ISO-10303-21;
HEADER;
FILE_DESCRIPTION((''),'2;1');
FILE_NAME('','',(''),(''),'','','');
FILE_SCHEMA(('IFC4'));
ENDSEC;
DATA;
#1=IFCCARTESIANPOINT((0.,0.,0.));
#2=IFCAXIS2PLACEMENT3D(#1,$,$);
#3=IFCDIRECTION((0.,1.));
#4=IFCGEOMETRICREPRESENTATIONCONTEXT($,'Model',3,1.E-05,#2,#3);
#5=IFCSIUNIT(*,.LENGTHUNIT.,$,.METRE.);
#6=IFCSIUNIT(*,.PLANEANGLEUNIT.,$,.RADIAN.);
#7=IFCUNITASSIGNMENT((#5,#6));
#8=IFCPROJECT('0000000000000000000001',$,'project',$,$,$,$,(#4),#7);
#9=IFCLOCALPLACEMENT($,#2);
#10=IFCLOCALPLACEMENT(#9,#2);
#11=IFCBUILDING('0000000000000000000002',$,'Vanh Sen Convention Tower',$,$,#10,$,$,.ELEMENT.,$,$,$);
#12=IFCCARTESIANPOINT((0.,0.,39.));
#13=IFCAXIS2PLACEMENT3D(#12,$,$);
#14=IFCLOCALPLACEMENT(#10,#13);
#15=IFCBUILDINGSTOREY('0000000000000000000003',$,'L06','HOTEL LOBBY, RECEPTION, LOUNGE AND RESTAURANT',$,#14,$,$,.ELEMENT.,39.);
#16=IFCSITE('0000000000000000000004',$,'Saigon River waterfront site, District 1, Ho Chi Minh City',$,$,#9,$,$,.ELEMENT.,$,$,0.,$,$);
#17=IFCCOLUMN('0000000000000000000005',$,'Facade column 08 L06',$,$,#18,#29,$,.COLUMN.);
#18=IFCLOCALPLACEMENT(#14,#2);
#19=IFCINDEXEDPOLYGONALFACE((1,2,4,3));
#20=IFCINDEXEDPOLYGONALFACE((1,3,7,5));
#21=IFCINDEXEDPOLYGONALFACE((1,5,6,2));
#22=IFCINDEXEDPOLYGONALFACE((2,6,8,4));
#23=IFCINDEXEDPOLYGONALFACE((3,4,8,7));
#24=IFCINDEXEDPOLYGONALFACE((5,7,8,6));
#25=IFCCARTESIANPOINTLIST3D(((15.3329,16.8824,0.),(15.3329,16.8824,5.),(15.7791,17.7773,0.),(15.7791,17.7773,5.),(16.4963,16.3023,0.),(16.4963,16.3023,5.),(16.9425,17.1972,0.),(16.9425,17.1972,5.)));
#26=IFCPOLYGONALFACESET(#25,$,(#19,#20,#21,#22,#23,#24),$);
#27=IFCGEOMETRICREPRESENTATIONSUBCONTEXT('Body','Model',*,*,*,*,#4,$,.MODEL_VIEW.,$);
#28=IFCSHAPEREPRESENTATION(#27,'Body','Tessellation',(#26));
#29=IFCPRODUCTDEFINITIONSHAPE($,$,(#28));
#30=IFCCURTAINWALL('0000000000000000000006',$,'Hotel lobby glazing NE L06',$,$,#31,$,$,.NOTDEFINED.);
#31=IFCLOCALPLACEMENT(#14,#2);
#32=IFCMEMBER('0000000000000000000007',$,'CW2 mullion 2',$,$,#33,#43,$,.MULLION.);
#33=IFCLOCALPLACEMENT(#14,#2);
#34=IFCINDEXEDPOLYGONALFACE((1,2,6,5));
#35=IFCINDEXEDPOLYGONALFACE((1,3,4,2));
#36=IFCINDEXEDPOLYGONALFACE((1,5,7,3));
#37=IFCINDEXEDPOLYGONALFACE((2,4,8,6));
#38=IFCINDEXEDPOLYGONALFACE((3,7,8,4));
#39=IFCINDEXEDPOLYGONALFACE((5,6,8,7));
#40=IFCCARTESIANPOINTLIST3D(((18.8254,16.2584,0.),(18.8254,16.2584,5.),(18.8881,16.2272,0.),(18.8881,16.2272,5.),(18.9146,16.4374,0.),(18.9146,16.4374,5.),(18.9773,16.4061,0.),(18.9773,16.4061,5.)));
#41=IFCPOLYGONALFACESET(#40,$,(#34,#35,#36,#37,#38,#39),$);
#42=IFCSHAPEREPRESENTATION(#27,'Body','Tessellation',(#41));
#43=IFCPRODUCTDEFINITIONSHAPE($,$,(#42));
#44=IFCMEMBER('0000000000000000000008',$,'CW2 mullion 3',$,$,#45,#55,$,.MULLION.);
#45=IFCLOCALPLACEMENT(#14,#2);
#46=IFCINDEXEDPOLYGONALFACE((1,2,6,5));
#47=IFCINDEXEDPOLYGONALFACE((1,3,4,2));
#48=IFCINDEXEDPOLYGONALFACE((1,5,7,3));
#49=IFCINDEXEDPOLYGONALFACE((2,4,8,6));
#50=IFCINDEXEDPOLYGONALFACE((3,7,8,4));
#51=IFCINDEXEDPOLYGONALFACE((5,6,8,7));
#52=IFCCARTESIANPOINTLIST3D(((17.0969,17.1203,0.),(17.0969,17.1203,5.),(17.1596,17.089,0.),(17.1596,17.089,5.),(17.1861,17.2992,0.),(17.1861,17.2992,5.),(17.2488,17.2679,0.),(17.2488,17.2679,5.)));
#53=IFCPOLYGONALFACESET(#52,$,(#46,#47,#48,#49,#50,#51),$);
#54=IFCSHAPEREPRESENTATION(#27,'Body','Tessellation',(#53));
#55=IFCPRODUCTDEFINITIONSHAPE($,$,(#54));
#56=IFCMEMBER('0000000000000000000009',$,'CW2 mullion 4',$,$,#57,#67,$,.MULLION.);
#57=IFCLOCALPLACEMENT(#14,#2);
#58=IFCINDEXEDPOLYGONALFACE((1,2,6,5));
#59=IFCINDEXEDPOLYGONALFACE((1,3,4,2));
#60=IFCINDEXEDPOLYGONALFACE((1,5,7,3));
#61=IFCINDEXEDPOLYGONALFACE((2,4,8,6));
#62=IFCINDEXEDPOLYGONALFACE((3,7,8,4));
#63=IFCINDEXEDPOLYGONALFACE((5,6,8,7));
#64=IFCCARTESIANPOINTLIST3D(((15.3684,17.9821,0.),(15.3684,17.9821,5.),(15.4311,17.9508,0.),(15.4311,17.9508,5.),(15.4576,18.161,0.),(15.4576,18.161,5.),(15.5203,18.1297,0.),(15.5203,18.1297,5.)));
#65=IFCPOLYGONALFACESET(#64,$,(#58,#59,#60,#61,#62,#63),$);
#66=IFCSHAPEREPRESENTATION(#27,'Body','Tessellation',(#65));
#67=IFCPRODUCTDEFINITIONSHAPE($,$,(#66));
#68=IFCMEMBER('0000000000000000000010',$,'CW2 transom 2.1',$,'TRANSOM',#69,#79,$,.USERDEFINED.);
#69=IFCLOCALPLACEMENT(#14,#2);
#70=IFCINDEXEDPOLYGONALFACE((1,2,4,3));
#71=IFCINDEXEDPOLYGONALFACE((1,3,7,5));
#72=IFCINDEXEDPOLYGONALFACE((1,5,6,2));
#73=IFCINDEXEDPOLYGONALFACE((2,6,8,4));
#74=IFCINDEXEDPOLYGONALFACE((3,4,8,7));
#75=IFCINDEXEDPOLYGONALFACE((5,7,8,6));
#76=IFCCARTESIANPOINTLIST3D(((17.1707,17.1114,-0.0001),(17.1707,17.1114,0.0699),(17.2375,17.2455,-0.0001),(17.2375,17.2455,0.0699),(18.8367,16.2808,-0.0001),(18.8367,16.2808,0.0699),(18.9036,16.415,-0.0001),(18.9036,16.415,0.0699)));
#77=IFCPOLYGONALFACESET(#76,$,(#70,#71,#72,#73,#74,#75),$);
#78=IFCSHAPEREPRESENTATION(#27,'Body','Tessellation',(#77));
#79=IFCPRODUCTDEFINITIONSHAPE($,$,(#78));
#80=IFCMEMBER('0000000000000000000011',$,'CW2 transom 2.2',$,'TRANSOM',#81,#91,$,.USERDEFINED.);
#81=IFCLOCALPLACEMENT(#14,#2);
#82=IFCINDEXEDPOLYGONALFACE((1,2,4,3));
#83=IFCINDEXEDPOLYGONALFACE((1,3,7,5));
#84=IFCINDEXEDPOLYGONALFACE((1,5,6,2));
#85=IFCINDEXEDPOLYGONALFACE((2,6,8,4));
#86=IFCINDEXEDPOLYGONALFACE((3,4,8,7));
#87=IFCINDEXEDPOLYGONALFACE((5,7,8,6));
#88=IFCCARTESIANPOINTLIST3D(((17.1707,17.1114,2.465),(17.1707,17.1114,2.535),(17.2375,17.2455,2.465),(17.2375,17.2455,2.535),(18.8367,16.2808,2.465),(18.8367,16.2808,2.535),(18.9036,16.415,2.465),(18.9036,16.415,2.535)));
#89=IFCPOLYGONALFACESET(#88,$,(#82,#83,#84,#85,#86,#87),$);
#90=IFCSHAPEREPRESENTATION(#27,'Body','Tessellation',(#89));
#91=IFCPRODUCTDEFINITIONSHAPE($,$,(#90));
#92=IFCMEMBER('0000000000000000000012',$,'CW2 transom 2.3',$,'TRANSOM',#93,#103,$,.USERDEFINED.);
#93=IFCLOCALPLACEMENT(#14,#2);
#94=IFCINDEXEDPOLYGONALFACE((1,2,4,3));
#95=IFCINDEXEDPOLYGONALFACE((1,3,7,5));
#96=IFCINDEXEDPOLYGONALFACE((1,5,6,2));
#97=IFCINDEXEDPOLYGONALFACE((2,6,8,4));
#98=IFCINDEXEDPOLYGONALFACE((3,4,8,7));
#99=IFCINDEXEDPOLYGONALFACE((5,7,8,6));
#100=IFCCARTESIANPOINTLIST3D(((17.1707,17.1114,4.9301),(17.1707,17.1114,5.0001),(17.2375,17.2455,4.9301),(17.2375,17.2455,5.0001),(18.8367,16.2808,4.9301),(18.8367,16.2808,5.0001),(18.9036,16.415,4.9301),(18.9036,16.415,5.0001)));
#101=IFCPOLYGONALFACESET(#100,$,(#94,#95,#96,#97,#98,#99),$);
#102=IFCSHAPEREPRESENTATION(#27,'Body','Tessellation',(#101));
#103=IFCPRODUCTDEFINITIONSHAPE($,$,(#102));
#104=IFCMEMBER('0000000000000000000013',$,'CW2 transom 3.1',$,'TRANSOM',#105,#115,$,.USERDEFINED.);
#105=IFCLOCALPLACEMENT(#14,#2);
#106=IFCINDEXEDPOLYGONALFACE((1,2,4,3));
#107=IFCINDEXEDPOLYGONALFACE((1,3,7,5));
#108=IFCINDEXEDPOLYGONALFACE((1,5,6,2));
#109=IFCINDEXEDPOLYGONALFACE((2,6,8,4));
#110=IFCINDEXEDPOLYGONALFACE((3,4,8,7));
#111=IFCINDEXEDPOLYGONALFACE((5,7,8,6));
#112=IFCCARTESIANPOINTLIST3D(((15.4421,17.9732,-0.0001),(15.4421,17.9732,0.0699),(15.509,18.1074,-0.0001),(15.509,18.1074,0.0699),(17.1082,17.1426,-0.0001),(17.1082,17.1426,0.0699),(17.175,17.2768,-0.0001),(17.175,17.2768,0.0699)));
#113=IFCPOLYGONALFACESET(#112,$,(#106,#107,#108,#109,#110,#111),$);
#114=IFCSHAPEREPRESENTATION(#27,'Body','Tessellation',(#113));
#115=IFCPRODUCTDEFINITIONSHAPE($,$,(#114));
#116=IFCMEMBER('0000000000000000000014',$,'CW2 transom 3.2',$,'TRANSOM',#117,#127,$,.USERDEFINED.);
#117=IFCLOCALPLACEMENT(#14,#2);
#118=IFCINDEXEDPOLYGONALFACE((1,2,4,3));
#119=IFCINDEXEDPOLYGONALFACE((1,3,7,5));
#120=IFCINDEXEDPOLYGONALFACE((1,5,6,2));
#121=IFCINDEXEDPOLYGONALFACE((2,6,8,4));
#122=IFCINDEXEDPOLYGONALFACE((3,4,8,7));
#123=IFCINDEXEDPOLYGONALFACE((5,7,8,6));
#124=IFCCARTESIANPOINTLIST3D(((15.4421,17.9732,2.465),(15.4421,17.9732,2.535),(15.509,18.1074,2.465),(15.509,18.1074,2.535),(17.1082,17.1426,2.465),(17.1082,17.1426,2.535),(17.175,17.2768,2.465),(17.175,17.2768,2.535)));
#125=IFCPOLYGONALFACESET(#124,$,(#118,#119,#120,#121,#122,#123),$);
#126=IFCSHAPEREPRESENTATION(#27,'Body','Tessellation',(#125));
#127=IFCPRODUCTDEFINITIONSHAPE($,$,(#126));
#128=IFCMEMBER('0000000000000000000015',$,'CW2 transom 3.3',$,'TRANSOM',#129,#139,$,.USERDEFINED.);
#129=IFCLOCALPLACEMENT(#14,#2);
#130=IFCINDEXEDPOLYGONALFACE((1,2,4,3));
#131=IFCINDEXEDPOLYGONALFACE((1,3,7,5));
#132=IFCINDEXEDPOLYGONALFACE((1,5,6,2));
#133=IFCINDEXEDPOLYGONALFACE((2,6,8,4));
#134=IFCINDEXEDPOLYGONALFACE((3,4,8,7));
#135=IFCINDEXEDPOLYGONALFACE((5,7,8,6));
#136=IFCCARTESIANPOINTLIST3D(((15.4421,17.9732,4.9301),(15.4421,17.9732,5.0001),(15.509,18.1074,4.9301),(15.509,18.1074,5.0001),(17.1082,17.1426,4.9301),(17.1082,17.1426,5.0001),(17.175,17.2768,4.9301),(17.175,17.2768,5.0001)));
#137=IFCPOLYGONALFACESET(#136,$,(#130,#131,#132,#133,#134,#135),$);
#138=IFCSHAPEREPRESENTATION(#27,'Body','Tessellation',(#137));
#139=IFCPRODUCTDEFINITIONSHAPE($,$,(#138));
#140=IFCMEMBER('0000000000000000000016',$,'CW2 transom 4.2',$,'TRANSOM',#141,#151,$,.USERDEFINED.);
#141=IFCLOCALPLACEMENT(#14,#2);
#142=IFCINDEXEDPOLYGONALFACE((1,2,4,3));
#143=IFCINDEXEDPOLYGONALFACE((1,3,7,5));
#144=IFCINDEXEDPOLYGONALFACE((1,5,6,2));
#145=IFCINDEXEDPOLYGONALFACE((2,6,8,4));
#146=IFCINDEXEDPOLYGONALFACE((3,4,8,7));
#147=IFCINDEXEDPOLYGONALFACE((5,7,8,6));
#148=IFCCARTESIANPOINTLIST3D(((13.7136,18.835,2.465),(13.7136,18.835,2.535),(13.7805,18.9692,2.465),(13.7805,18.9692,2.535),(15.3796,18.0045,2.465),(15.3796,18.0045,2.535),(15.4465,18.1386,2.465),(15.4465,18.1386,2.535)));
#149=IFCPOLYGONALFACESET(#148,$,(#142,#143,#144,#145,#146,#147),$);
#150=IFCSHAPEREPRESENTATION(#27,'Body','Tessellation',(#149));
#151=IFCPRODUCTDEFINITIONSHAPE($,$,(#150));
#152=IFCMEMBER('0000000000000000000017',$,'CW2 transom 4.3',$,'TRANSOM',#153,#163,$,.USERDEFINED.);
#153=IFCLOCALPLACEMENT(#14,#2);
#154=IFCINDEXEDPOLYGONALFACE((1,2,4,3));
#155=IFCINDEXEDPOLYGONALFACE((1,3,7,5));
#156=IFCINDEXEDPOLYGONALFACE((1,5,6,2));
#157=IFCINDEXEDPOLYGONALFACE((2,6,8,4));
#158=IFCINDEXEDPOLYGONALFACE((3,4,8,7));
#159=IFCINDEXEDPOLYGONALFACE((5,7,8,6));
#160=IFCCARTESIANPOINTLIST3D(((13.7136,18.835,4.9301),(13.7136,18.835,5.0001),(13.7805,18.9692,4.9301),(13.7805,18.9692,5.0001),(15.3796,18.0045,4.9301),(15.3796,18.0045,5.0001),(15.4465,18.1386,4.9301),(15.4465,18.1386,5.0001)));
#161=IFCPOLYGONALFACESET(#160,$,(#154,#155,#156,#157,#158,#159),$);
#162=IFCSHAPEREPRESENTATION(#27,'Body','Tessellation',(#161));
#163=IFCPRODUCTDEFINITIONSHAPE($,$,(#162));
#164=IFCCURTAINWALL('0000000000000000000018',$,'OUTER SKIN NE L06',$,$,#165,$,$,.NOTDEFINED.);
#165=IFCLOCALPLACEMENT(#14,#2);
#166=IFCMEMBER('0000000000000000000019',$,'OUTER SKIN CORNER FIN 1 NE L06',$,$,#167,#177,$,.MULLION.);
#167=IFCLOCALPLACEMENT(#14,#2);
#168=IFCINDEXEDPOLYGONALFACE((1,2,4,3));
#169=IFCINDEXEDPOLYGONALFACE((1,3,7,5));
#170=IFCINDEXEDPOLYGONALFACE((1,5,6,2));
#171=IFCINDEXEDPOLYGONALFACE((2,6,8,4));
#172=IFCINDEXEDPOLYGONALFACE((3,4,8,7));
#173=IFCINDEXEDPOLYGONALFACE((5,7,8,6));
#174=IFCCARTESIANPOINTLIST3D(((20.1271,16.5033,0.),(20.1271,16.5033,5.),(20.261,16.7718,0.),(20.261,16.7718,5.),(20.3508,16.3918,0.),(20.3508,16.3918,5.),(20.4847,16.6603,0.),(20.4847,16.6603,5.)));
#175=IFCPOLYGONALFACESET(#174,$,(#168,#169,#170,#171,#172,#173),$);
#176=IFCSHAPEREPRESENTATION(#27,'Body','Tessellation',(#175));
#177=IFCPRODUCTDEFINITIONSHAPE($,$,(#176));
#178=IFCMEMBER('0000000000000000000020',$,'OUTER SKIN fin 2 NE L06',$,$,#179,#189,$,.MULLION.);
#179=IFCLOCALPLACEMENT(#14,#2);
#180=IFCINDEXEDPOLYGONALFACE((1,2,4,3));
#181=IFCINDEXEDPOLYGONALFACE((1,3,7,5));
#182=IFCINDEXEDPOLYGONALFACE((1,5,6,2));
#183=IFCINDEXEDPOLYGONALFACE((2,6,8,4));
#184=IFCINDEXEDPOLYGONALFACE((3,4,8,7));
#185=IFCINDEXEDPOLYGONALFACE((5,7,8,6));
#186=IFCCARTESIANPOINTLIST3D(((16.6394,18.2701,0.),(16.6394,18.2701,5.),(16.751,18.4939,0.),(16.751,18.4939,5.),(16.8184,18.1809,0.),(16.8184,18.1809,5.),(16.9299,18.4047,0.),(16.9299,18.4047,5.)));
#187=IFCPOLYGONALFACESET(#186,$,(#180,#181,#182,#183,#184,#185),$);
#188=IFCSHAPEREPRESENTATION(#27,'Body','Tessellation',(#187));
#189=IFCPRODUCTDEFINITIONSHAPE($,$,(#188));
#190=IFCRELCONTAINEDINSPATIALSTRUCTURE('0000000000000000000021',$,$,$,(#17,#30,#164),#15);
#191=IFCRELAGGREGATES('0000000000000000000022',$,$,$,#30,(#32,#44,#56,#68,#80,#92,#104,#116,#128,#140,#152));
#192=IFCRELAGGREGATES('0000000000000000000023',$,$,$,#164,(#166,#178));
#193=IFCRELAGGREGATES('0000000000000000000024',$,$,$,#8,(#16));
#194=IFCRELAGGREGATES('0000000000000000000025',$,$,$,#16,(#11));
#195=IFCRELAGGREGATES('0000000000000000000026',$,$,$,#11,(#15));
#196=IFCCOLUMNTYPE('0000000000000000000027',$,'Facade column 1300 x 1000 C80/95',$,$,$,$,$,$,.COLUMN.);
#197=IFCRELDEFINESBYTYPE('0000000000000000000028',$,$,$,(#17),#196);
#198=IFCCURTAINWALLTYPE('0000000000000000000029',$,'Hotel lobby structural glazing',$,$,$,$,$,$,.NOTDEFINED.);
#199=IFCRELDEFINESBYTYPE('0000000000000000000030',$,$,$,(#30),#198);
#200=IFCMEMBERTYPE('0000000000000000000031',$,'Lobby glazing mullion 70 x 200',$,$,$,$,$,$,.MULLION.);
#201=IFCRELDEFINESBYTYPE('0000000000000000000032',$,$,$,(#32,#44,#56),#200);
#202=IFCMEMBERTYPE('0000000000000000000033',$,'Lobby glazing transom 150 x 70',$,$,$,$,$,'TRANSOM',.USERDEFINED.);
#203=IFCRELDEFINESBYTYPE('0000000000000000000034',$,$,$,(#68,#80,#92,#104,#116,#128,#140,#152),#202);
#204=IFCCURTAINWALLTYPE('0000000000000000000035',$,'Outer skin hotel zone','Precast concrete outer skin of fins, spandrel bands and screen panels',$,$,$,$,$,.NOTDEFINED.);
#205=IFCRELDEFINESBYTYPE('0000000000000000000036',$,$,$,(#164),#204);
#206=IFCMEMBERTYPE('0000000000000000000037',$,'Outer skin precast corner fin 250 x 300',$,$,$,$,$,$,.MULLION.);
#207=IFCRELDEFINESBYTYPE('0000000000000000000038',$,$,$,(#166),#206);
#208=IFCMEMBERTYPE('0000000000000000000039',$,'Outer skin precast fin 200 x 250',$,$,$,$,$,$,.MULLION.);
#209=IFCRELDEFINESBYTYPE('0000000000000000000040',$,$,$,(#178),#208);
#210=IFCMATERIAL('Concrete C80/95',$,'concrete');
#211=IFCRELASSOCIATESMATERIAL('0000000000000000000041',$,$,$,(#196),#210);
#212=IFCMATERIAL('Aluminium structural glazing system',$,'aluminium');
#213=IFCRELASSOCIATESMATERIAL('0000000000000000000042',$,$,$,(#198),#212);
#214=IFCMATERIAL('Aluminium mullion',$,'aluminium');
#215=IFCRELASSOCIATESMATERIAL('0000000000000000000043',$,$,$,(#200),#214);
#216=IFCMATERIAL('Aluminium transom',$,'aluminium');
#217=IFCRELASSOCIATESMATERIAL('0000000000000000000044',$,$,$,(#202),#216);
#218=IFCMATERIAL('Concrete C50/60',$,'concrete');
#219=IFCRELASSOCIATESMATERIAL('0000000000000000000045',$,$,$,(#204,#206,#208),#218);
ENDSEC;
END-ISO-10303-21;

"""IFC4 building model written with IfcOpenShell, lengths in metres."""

from ifc_helpers import new_model, si_unit, direction, frame, origin, origin_2d, place, context, subcontext, project, spatial, rectangle, extrude, material, material_profile, profile_set, type_object, element, aggregate, save


model = new_model("IFC4")

# Units and contexts
model_context = context("Model", 3, precision=1e-05, world=origin(), true_north=direction((0.0, 1.0)))
body_context = subcontext(model_context, "Body", "Model", "MODEL_VIEW")
ifc_project = project(units=[si_unit("LENGTHUNIT", "METRE"), si_unit("PLANEANGLEUNIT", "RADIAN")], contexts=[model_context])

# Site, building, storey
site_placement = place(None, origin())
site = spatial("IfcSite", under=ifc_project, at=site_placement, Name="Saigon River waterfront site, District 1, Ho Chi Minh City", CompositionType="ELEMENT", RefElevation=0.0)
building_placement = place(site_placement, origin())
building = spatial("IfcBuilding", under=site, at=building_placement, Name="Vanh Sen Convention Tower", CompositionType="ELEMENT")
storey_placement = place(building_placement, frame((0.0, 0.0, 39.0)))
storey = spatial("IfcBuildingStorey", under=building, at=storey_placement, Name="L06", Description="HOTEL LOBBY, RECEPTION, LOUNGE AND RESTAURANT", CompositionType="ELEMENT", Elevation=39.0)

# Column
ifc_material_1 = material(Name="Concrete C80/95", Category="concrete")
ifc_material_profile_1 = material_profile(ifc_material_1, rectangle(XDim=1.3, YDim=1.0, at=origin_2d()), Name="RC 1300X1000")
ifc_profile_set_1 = profile_set([ifc_material_profile_1], Name="Concrete C80/95")
column_type = type_object("IfcColumnType", Name="Facade column 1300 x 1000 C80/95", PredefinedType="COLUMN", material=ifc_profile_set_1)
column_placement = place(storey_placement, frame((16.1377, 17.0398, 0.0), z_axis=(0.0, 0.0, 1.0), x_axis=(-0.894934, 0.446198, 0.0)))
element("IfcColumn", 1, at=column_placement, inside=storey, type_object=column_type, Name="Facade column 08 L06", PredefinedType="COLUMN", context=body_context, shape_type="SweptSolid", body=[
    extrude(rectangle(XDim=1.3, YDim=1.0, at=origin_2d()), origin(), (0.0, 0.0, 1.0), 5.0),
])

# Curtain walls, members
ifc_material_2 = material(Name="Aluminium structural glazing system", Category="aluminium")
curtain_wall_type_1 = type_object("IfcCurtainWallType", Name="Hotel lobby structural glazing", PredefinedType="NOTDEFINED", material=ifc_material_2)
curtain_wall_1_placement = place(storey_placement, origin())
curtain_wall_1 = element("IfcCurtainWall", 2, at=curtain_wall_1_placement, inside=storey, type_object=curtain_wall_type_1, Name="Hotel lobby glazing NE L06", PredefinedType="NOTDEFINED")
ifc_material_3 = material(Name="Aluminium mullion", Category="aluminium")
ifc_material_profile_2 = material_profile(ifc_material_3, rectangle(XDim=0.2, YDim=0.0701, at=origin_2d()), Name="Lobby glazing mullion 70 x 200")
ifc_profile_set_2 = profile_set([ifc_material_profile_2], Name="Aluminium mullion")
member_type_1 = type_object("IfcMemberType", Name="Lobby glazing mullion 70 x 200", PredefinedType="MULLION", material=ifc_profile_set_2)
member_1_placement = place(storey_placement, frame((18.9014, 16.3323, 0.0), z_axis=(0.0, 0.0, 1.0), x_axis=(-0.446199, -0.894934, 0.0)))
member_1 = element("IfcMember", 3, at=member_1_placement, type_object=member_type_1, Name="CW2 mullion 2", PredefinedType="MULLION", context=body_context, shape_type="SweptSolid", body=[
    extrude(rectangle(XDim=0.2, YDim=0.0701, at=origin_2d()), origin(), (0.0, 0.0, 1.0), 5.0),
])
member_2_placement = place(storey_placement, frame((17.1729, 17.1941, 0.0), z_axis=(0.0, 0.0, 1.0), x_axis=(-0.446199, -0.894934, 0.0)))
member_2 = element("IfcMember", 4, at=member_2_placement, type_object=member_type_1, Name="CW2 mullion 3", PredefinedType="MULLION", context=body_context, shape_type="SweptSolid", body=[
    extrude(rectangle(XDim=0.2, YDim=0.0701, at=origin_2d()), origin(), (0.0, 0.0, 1.0), 5.0),
])
member_3_placement = place(storey_placement, frame((15.4443, 18.0559, 0.0), z_axis=(0.0, 0.0, 1.0), x_axis=(-0.446199, -0.894934, 0.0)))
member_3 = element("IfcMember", 5, at=member_3_placement, type_object=member_type_1, Name="CW2 mullion 4", PredefinedType="MULLION", context=body_context, shape_type="SweptSolid", body=[
    extrude(rectangle(XDim=0.2, YDim=0.0701, at=origin_2d()), origin(), (0.0, 0.0, 1.0), 5.0),
])
ifc_material_4 = material(Name="Aluminium transom", Category="aluminium")
ifc_material_profile_3 = material_profile(ifc_material_4, rectangle(XDim=0.1499, YDim=0.0701, at=origin_2d()), Name="Lobby glazing transom 150 x 70")
ifc_profile_set_3 = profile_set([ifc_material_profile_3], Name="Aluminium transom")
member_type_2 = type_object("IfcMemberType", Name="Lobby glazing transom 150 x 70", ElementType="TRANSOM", PredefinedType="USERDEFINED", material=ifc_profile_set_3)
member_4_placement = place(storey_placement, frame((18.8701, 16.3479, 0.0349), z_axis=(-0.894951, 0.446164, 0.0), x_axis=(-0.446164, -0.894951, 0.0)))
member_4 = element("IfcMember", 6, at=member_4_placement, type_object=member_type_2, Name="CW2 transom 2.1", ObjectType="TRANSOM", PredefinedType="USERDEFINED", context=body_context, shape_type="SweptSolid", body=[
    extrude(rectangle(XDim=0.1499, YDim=0.0701, at=origin_2d()), origin(), (0.0, 0.0, 1.0), 1.8616),
])
member_5_placement = place(storey_placement, frame((18.8701, 16.3479, 2.5), z_axis=(-0.894951, 0.446164, 0.0), x_axis=(-0.446164, -0.894951, 0.0)))
member_5 = element("IfcMember", 7, at=member_5_placement, type_object=member_type_2, Name="CW2 transom 2.2", ObjectType="TRANSOM", PredefinedType="USERDEFINED", context=body_context, shape_type="SweptSolid", body=[
    extrude(rectangle(XDim=0.1499, YDim=0.0701, at=origin_2d()), origin(), (0.0, 0.0, 1.0), 1.8616),
])
member_6_placement = place(storey_placement, frame((18.8701, 16.3479, 4.9651), z_axis=(-0.894951, 0.446164, 0.0), x_axis=(-0.446164, -0.894951, 0.0)))
member_6 = element("IfcMember", 8, at=member_6_placement, type_object=member_type_2, Name="CW2 transom 2.3", ObjectType="TRANSOM", PredefinedType="USERDEFINED", context=body_context, shape_type="SweptSolid", body=[
    extrude(rectangle(XDim=0.1499, YDim=0.0701, at=origin_2d()), origin(), (0.0, 0.0, 1.0), 1.8616),
])
member_7_placement = place(storey_placement, frame((17.1416, 17.2097, 0.0349), z_axis=(-0.894951, 0.446164, 0.0), x_axis=(-0.446164, -0.894951, 0.0)))
member_7 = element("IfcMember", 9, at=member_7_placement, type_object=member_type_2, Name="CW2 transom 3.1", ObjectType="TRANSOM", PredefinedType="USERDEFINED", context=body_context, shape_type="SweptSolid", body=[
    extrude(rectangle(XDim=0.1499, YDim=0.0701, at=origin_2d()), origin(), (0.0, 0.0, 1.0), 1.8616),
])
member_8_placement = place(storey_placement, frame((17.1416, 17.2097, 2.5), z_axis=(-0.894951, 0.446164, 0.0), x_axis=(-0.446164, -0.894951, 0.0)))
member_8 = element("IfcMember", 10, at=member_8_placement, type_object=member_type_2, Name="CW2 transom 3.2", ObjectType="TRANSOM", PredefinedType="USERDEFINED", context=body_context, shape_type="SweptSolid", body=[
    extrude(rectangle(XDim=0.1499, YDim=0.0701, at=origin_2d()), origin(), (0.0, 0.0, 1.0), 1.8616),
])
member_9_placement = place(storey_placement, frame((17.1416, 17.2097, 4.9651), z_axis=(-0.894951, 0.446164, 0.0), x_axis=(-0.446164, -0.894951, 0.0)))
member_9 = element("IfcMember", 11, at=member_9_placement, type_object=member_type_2, Name="CW2 transom 3.3", ObjectType="TRANSOM", PredefinedType="USERDEFINED", context=body_context, shape_type="SweptSolid", body=[
    extrude(rectangle(XDim=0.1499, YDim=0.0701, at=origin_2d()), origin(), (0.0, 0.0, 1.0), 1.8616),
])
member_10_placement = place(storey_placement, frame((15.4131, 18.0715, 2.5), z_axis=(-0.894951, 0.446164, 0.0), x_axis=(-0.446164, -0.894951, 0.0)))
member_10 = element("IfcMember", 12, at=member_10_placement, type_object=member_type_2, Name="CW2 transom 4.2", ObjectType="TRANSOM", PredefinedType="USERDEFINED", context=body_context, shape_type="SweptSolid", body=[
    extrude(rectangle(XDim=0.1499, YDim=0.0701, at=origin_2d()), origin(), (0.0, 0.0, 1.0), 1.8616),
])
member_11_placement = place(storey_placement, frame((15.4131, 18.0715, 4.9651), z_axis=(-0.894951, 0.446164, 0.0), x_axis=(-0.446164, -0.894951, 0.0)))
member_11 = element("IfcMember", 13, at=member_11_placement, type_object=member_type_2, Name="CW2 transom 4.3", ObjectType="TRANSOM", PredefinedType="USERDEFINED", context=body_context, shape_type="SweptSolid", body=[
    extrude(rectangle(XDim=0.1499, YDim=0.0701, at=origin_2d()), origin(), (0.0, 0.0, 1.0), 1.8616),
])
ifc_material_5 = material(Name="Concrete C50/60", Category="concrete")
curtain_wall_type_2 = type_object("IfcCurtainWallType", Name="Outer skin hotel zone", Description="Precast concrete outer skin of fins, spandrel bands and screen panels", PredefinedType="NOTDEFINED", material=ifc_material_5)
curtain_wall_2_placement = place(storey_placement, origin())
curtain_wall_2 = element("IfcCurtainWall", 14, at=curtain_wall_2_placement, inside=storey, type_object=curtain_wall_type_2, Name="OUTER SKIN NE L06", PredefinedType="NOTDEFINED")
ifc_material_profile_4 = material_profile(ifc_material_5, rectangle(XDim=0.25, YDim=0.3, at=origin_2d()), Name="Outer skin precast corner fin 250 x 300")
ifc_profile_set_4 = profile_set([ifc_material_profile_4], Name="Concrete C50/60")
member_type_3 = type_object("IfcMemberType", Name="Outer skin precast corner fin 250 x 300", PredefinedType="MULLION", material=ifc_profile_set_4)
member_12_placement = place(storey_placement, frame((20.3059, 16.5818, 0.0), z_axis=(0.0, 0.0, 1.0), x_axis=(-0.894934, 0.446198, 0.0)))
member_12 = element("IfcMember", 15, at=member_12_placement, type_object=member_type_3, Name="OUTER SKIN CORNER FIN 1 NE L06", PredefinedType="MULLION", context=body_context, shape_type="SweptSolid", body=[
    extrude(rectangle(XDim=0.25, YDim=0.3, at=origin_2d()), origin(), (0.0, 0.0, 1.0), 5.0),
])
ifc_material_profile_5 = material_profile(ifc_material_5, rectangle(XDim=0.2, YDim=0.25, at=origin_2d()), Name="Outer skin precast fin 200 x 250")
ifc_profile_set_5 = profile_set([ifc_material_profile_5], Name="Concrete C50/60")
member_type_4 = type_object("IfcMemberType", Name="Outer skin precast fin 200 x 250", PredefinedType="MULLION", material=ifc_profile_set_5)
member_13_placement = place(storey_placement, frame((16.7847, 18.3374, 0.0), z_axis=(0.0, 0.0, 1.0), x_axis=(-0.894934, 0.446198, 0.0)))
member_13 = element("IfcMember", 16, at=member_13_placement, type_object=member_type_4, Name="OUTER SKIN fin 2 NE L06", PredefinedType="MULLION", context=body_context, shape_type="SweptSolid", body=[
    extrude(rectangle(XDim=0.2, YDim=0.25, at=origin_2d()), origin(), (0.0, 0.0, 1.0), 5.0),
])

aggregate(curtain_wall_1, [member_1, member_2, member_3, member_4, member_5, member_6, member_7, member_8, member_9, member_10, member_11])
aggregate(curtain_wall_2, [member_12, member_13])

save(model, "model.ifc")
